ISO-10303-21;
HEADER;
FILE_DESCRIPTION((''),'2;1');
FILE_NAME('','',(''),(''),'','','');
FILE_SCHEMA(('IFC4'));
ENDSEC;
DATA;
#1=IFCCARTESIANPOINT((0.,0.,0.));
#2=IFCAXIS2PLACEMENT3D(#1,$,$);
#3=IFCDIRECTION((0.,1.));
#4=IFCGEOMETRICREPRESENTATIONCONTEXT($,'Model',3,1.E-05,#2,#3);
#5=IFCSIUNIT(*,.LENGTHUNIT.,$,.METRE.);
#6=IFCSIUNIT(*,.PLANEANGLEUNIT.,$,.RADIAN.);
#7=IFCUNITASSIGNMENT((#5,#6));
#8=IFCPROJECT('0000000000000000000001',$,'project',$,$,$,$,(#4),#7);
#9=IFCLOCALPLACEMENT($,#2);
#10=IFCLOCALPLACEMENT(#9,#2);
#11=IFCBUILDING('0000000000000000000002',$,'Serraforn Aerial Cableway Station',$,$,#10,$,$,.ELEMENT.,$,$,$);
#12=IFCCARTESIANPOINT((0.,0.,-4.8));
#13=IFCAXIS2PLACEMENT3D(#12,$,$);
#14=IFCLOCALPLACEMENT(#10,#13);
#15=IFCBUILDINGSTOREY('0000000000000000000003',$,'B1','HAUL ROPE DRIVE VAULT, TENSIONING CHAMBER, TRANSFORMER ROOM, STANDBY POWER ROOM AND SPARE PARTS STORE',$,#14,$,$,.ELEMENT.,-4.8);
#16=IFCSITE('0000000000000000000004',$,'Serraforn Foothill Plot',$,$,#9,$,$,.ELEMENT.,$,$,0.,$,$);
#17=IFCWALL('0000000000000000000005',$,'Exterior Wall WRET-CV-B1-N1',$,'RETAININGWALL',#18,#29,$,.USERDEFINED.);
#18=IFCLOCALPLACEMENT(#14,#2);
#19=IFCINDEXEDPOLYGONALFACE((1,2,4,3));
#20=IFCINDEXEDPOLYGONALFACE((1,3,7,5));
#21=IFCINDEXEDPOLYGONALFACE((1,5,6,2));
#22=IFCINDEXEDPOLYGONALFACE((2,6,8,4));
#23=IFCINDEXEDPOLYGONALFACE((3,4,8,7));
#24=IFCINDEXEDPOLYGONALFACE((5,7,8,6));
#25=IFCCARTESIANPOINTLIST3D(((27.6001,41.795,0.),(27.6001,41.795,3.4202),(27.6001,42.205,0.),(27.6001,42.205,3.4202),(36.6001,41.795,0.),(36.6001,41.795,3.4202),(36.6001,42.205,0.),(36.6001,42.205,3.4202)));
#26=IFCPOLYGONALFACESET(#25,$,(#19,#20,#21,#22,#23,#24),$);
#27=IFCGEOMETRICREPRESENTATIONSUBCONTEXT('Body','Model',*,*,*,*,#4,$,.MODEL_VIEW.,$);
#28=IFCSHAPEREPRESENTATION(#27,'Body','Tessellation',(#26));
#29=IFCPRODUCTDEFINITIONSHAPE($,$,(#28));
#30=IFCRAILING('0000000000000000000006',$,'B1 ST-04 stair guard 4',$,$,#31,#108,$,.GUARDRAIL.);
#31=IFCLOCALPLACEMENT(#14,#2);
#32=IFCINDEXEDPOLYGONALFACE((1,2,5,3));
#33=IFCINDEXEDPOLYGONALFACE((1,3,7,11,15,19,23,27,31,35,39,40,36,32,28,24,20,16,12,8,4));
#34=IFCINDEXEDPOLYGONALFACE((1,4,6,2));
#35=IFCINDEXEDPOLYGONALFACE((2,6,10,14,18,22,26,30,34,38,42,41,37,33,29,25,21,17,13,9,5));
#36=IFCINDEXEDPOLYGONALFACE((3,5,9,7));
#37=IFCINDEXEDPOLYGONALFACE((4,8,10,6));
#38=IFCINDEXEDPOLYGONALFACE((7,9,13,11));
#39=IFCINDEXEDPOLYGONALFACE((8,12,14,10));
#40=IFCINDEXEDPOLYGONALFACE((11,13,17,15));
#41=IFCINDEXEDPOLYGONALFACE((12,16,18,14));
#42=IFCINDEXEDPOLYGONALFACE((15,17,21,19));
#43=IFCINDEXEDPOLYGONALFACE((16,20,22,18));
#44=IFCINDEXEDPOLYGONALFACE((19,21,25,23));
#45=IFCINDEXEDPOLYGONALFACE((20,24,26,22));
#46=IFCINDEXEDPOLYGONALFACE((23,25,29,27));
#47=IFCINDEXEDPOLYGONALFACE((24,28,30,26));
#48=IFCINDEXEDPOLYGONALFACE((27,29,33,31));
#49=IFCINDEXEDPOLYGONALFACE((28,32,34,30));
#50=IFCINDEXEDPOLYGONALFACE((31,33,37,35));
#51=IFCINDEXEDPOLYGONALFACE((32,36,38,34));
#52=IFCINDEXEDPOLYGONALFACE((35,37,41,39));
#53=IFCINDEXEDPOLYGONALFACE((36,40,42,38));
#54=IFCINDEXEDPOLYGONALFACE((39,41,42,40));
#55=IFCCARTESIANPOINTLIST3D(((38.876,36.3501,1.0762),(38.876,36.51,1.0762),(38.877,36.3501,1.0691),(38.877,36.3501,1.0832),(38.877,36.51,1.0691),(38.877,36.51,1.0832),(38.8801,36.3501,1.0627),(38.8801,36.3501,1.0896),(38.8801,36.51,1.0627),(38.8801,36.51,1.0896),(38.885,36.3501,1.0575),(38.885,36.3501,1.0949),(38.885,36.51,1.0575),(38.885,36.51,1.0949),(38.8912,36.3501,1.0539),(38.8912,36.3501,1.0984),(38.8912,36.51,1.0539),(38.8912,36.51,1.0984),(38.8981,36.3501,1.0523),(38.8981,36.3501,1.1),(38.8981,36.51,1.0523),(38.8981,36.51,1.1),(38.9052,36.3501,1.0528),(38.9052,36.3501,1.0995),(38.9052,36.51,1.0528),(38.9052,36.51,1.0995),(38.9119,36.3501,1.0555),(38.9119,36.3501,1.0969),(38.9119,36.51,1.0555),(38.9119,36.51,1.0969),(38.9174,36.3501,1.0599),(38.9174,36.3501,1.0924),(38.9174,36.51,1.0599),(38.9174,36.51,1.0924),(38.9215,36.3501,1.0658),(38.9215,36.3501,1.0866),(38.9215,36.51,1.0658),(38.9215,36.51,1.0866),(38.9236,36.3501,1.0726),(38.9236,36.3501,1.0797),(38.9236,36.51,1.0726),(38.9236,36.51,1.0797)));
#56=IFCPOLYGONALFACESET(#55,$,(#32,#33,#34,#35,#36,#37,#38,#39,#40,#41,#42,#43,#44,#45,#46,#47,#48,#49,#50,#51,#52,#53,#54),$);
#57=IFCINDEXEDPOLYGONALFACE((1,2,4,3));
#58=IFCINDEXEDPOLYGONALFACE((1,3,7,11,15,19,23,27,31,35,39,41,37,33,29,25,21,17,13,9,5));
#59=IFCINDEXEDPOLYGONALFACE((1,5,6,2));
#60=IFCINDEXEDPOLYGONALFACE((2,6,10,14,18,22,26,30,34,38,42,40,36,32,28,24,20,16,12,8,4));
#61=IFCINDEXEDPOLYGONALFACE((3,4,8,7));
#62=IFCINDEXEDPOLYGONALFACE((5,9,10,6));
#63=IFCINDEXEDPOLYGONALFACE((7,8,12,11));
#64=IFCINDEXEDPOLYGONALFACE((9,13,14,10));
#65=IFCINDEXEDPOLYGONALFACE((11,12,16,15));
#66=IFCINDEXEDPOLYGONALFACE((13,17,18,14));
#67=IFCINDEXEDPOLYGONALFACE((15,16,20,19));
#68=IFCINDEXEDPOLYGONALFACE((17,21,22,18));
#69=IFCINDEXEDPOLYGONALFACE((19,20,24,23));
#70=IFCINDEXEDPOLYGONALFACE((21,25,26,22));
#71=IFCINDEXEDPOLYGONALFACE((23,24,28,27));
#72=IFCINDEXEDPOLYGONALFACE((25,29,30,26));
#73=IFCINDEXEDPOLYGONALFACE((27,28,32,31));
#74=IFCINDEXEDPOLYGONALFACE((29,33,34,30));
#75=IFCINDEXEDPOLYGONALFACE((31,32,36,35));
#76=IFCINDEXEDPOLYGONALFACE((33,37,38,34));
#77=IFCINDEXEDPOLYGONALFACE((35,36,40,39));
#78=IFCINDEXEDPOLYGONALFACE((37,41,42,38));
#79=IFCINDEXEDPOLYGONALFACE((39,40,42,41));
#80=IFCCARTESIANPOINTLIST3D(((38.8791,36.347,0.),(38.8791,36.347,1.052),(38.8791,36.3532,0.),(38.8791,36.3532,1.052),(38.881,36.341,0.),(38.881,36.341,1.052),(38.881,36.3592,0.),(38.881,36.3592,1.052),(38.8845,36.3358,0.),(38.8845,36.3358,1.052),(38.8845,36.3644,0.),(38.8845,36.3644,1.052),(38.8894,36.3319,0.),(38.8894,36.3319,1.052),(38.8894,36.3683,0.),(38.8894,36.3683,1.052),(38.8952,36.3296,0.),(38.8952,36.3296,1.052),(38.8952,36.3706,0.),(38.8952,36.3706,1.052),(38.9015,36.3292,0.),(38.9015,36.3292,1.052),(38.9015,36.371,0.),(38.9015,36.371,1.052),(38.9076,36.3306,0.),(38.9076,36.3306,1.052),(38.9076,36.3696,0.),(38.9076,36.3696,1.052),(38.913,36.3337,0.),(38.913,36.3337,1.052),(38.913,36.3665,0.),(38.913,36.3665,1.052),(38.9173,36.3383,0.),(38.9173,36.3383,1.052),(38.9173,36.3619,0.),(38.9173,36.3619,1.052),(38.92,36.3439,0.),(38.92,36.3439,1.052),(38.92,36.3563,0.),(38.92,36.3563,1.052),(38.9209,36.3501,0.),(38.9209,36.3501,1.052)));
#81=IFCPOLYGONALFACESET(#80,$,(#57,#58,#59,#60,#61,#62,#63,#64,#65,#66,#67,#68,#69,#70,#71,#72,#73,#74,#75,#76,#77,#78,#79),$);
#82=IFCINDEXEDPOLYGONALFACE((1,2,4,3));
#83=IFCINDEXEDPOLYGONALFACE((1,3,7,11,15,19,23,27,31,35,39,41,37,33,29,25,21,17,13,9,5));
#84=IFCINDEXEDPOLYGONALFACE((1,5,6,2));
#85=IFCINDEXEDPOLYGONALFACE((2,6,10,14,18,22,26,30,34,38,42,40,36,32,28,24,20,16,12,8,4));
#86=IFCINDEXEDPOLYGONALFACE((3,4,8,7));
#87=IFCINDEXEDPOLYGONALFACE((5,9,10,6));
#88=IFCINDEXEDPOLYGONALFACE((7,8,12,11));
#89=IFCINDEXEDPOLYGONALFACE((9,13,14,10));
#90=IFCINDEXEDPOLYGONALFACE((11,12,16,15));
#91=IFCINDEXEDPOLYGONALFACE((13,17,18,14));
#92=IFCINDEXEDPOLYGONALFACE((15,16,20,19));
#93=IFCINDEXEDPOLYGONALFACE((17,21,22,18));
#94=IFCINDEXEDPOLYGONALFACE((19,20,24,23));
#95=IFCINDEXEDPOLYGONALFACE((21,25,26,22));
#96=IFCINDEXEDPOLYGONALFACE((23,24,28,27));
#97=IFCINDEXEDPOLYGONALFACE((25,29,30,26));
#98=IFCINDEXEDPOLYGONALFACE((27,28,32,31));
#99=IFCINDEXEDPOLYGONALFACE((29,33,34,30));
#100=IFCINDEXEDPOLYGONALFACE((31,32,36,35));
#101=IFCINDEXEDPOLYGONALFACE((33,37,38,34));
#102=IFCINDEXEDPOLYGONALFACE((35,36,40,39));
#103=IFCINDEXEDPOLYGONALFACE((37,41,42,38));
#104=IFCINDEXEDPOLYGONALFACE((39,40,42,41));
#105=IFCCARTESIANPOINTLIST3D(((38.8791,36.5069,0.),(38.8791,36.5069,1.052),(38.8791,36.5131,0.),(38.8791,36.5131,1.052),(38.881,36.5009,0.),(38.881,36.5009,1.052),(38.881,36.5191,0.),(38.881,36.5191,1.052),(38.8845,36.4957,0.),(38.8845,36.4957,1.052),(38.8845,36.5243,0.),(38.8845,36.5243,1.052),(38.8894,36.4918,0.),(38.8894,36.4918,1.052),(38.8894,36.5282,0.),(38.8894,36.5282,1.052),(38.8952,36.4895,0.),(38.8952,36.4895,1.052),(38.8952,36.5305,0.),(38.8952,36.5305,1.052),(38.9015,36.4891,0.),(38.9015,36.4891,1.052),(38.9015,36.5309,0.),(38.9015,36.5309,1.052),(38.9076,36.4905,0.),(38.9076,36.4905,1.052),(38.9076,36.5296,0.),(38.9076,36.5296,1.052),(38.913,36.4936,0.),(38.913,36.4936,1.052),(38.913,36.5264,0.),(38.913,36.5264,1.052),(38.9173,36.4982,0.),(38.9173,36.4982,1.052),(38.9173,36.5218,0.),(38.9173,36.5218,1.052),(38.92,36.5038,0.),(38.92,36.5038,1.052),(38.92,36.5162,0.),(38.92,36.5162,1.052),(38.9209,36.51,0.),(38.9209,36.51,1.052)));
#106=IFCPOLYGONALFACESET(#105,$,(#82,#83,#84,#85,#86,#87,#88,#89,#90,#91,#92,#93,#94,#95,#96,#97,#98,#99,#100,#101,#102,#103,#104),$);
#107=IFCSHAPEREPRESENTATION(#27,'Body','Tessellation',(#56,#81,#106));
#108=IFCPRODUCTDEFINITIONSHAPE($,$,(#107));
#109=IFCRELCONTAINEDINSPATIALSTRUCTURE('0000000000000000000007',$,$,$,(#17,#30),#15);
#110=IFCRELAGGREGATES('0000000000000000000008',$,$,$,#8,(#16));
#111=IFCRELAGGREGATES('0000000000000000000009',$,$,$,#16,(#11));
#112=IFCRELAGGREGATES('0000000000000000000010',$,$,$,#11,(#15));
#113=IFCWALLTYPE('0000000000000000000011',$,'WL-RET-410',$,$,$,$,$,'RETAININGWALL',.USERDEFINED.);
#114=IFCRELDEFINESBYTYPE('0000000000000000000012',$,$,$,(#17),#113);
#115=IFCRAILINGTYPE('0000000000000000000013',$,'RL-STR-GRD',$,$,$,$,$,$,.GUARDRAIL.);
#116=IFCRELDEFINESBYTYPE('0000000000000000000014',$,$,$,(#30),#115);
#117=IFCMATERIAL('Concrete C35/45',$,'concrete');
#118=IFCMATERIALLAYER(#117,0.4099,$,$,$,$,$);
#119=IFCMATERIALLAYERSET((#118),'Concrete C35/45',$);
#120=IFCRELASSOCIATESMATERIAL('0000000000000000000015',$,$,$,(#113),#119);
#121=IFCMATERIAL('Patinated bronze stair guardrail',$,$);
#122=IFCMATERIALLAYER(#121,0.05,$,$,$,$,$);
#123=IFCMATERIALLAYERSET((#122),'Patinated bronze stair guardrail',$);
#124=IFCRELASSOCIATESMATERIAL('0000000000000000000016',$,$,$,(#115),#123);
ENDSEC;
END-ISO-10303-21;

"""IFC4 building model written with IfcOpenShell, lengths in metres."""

from ifc_helpers import new_model, si_unit, direction, frame, frame_2d, origin, origin_2d, place, context, subcontext, project, spatial, rectangle, circle, extrude, material, layer, layer_set, type_object, element, save


model = new_model("IFC4")

# Units and contexts
model_context = context("Model", 3, precision=1e-05, world=origin(), true_north=direction((0.0, 1.0)))
body_context = subcontext(model_context, "Body", "Model", "MODEL_VIEW")
ifc_project = project(units=[si_unit("LENGTHUNIT", "METRE"), si_unit("PLANEANGLEUNIT", "RADIAN")], contexts=[model_context])

# Site, building, storey
site_placement = place(None, origin())
site = spatial("IfcSite", under=ifc_project, at=site_placement, Name="Serraforn Foothill Plot", CompositionType="ELEMENT", RefElevation=0.0)
building_placement = place(site_placement, origin())
building = spatial("IfcBuilding", under=site, at=building_placement, Name="Serraforn Aerial Cableway Station", CompositionType="ELEMENT")
storey_placement = place(building_placement, frame((0.0, 0.0, -4.8)))
storey = spatial("IfcBuildingStorey", under=building, at=storey_placement, Name="B1", Description="HAUL ROPE DRIVE VAULT, TENSIONING CHAMBER, TRANSFORMER ROOM, STANDBY POWER ROOM AND SPARE PARTS STORE", CompositionType="ELEMENT", Elevation=-4.8)

# Shared definitions
ifc_material_1 = material(Name="Concrete C35/45", Category="concrete")

# Wall
ifc_layer_1 = layer(ifc_material_1, 0.4099)
ifc_layer_set_1 = layer_set([ifc_layer_1], Name="Concrete C35/45")
wall_type_1 = type_object("IfcWallType", Name="WL-RET-410", ElementType="RETAININGWALL", PredefinedType="USERDEFINED", material=ifc_layer_set_1)
wall_1_placement = place(storey_placement, frame((36.6001, 42.0, 0.0), z_axis=(0.0, 0.0, 1.0), x_axis=(-1.0, 0.0, 0.0)))
element("IfcWall", 1, at=wall_1_placement, inside=storey, type_object=wall_type_1, Name="Exterior Wall WRET-CV-B1-N1", ObjectType="RETAININGWALL", PredefinedType="USERDEFINED", context=body_context, shape_type="SweptSolid", body=[
    extrude(rectangle(XDim=9.0, YDim=0.4099, at=frame_2d((4.5, 0.0))), origin(), (0.0, 0.0, 1.0), 3.4202),
])

# Railing
ifc_material_2 = material(Name="Patinated bronze stair guardrail")
ifc_layer_2 = layer(ifc_material_2, 0.05)
ifc_layer_set_2 = layer_set([ifc_layer_2], Name="Patinated bronze stair guardrail")
railing_type = type_object("IfcRailingType", Name="RL-STR-GRD", PredefinedType="GUARDRAIL", material=ifc_layer_set_2)
railing_placement = place(storey_placement, frame((38.8999, 36.3501, 0.0)))
element("IfcRailing", 2, at=railing_placement, inside=storey, type_object=railing_type, Name="B1 ST-04 stair guard 4", PredefinedType="GUARDRAIL", context=body_context, shape_type="SweptSolid", body=[
    extrude(circle(Radius=0.0239, at=origin_2d()), frame((0.0, 0.0, 1.0762), z_axis=(0.0, 1.0, 0.0), x_axis=(-1.0, 0.0, 0.0)), (0.0, 0.0, 1.0), 0.1599),
    extrude(circle(Radius=0.021, at=origin_2d()), origin(), (0.0, 0.0, 1.0), 1.052),
    extrude(circle(Radius=0.021, at=origin_2d()), frame((0.0, 0.1599, 0.0)), (0.0, 0.0, 1.0), 1.052),
])

save(model, "model.ifc")
